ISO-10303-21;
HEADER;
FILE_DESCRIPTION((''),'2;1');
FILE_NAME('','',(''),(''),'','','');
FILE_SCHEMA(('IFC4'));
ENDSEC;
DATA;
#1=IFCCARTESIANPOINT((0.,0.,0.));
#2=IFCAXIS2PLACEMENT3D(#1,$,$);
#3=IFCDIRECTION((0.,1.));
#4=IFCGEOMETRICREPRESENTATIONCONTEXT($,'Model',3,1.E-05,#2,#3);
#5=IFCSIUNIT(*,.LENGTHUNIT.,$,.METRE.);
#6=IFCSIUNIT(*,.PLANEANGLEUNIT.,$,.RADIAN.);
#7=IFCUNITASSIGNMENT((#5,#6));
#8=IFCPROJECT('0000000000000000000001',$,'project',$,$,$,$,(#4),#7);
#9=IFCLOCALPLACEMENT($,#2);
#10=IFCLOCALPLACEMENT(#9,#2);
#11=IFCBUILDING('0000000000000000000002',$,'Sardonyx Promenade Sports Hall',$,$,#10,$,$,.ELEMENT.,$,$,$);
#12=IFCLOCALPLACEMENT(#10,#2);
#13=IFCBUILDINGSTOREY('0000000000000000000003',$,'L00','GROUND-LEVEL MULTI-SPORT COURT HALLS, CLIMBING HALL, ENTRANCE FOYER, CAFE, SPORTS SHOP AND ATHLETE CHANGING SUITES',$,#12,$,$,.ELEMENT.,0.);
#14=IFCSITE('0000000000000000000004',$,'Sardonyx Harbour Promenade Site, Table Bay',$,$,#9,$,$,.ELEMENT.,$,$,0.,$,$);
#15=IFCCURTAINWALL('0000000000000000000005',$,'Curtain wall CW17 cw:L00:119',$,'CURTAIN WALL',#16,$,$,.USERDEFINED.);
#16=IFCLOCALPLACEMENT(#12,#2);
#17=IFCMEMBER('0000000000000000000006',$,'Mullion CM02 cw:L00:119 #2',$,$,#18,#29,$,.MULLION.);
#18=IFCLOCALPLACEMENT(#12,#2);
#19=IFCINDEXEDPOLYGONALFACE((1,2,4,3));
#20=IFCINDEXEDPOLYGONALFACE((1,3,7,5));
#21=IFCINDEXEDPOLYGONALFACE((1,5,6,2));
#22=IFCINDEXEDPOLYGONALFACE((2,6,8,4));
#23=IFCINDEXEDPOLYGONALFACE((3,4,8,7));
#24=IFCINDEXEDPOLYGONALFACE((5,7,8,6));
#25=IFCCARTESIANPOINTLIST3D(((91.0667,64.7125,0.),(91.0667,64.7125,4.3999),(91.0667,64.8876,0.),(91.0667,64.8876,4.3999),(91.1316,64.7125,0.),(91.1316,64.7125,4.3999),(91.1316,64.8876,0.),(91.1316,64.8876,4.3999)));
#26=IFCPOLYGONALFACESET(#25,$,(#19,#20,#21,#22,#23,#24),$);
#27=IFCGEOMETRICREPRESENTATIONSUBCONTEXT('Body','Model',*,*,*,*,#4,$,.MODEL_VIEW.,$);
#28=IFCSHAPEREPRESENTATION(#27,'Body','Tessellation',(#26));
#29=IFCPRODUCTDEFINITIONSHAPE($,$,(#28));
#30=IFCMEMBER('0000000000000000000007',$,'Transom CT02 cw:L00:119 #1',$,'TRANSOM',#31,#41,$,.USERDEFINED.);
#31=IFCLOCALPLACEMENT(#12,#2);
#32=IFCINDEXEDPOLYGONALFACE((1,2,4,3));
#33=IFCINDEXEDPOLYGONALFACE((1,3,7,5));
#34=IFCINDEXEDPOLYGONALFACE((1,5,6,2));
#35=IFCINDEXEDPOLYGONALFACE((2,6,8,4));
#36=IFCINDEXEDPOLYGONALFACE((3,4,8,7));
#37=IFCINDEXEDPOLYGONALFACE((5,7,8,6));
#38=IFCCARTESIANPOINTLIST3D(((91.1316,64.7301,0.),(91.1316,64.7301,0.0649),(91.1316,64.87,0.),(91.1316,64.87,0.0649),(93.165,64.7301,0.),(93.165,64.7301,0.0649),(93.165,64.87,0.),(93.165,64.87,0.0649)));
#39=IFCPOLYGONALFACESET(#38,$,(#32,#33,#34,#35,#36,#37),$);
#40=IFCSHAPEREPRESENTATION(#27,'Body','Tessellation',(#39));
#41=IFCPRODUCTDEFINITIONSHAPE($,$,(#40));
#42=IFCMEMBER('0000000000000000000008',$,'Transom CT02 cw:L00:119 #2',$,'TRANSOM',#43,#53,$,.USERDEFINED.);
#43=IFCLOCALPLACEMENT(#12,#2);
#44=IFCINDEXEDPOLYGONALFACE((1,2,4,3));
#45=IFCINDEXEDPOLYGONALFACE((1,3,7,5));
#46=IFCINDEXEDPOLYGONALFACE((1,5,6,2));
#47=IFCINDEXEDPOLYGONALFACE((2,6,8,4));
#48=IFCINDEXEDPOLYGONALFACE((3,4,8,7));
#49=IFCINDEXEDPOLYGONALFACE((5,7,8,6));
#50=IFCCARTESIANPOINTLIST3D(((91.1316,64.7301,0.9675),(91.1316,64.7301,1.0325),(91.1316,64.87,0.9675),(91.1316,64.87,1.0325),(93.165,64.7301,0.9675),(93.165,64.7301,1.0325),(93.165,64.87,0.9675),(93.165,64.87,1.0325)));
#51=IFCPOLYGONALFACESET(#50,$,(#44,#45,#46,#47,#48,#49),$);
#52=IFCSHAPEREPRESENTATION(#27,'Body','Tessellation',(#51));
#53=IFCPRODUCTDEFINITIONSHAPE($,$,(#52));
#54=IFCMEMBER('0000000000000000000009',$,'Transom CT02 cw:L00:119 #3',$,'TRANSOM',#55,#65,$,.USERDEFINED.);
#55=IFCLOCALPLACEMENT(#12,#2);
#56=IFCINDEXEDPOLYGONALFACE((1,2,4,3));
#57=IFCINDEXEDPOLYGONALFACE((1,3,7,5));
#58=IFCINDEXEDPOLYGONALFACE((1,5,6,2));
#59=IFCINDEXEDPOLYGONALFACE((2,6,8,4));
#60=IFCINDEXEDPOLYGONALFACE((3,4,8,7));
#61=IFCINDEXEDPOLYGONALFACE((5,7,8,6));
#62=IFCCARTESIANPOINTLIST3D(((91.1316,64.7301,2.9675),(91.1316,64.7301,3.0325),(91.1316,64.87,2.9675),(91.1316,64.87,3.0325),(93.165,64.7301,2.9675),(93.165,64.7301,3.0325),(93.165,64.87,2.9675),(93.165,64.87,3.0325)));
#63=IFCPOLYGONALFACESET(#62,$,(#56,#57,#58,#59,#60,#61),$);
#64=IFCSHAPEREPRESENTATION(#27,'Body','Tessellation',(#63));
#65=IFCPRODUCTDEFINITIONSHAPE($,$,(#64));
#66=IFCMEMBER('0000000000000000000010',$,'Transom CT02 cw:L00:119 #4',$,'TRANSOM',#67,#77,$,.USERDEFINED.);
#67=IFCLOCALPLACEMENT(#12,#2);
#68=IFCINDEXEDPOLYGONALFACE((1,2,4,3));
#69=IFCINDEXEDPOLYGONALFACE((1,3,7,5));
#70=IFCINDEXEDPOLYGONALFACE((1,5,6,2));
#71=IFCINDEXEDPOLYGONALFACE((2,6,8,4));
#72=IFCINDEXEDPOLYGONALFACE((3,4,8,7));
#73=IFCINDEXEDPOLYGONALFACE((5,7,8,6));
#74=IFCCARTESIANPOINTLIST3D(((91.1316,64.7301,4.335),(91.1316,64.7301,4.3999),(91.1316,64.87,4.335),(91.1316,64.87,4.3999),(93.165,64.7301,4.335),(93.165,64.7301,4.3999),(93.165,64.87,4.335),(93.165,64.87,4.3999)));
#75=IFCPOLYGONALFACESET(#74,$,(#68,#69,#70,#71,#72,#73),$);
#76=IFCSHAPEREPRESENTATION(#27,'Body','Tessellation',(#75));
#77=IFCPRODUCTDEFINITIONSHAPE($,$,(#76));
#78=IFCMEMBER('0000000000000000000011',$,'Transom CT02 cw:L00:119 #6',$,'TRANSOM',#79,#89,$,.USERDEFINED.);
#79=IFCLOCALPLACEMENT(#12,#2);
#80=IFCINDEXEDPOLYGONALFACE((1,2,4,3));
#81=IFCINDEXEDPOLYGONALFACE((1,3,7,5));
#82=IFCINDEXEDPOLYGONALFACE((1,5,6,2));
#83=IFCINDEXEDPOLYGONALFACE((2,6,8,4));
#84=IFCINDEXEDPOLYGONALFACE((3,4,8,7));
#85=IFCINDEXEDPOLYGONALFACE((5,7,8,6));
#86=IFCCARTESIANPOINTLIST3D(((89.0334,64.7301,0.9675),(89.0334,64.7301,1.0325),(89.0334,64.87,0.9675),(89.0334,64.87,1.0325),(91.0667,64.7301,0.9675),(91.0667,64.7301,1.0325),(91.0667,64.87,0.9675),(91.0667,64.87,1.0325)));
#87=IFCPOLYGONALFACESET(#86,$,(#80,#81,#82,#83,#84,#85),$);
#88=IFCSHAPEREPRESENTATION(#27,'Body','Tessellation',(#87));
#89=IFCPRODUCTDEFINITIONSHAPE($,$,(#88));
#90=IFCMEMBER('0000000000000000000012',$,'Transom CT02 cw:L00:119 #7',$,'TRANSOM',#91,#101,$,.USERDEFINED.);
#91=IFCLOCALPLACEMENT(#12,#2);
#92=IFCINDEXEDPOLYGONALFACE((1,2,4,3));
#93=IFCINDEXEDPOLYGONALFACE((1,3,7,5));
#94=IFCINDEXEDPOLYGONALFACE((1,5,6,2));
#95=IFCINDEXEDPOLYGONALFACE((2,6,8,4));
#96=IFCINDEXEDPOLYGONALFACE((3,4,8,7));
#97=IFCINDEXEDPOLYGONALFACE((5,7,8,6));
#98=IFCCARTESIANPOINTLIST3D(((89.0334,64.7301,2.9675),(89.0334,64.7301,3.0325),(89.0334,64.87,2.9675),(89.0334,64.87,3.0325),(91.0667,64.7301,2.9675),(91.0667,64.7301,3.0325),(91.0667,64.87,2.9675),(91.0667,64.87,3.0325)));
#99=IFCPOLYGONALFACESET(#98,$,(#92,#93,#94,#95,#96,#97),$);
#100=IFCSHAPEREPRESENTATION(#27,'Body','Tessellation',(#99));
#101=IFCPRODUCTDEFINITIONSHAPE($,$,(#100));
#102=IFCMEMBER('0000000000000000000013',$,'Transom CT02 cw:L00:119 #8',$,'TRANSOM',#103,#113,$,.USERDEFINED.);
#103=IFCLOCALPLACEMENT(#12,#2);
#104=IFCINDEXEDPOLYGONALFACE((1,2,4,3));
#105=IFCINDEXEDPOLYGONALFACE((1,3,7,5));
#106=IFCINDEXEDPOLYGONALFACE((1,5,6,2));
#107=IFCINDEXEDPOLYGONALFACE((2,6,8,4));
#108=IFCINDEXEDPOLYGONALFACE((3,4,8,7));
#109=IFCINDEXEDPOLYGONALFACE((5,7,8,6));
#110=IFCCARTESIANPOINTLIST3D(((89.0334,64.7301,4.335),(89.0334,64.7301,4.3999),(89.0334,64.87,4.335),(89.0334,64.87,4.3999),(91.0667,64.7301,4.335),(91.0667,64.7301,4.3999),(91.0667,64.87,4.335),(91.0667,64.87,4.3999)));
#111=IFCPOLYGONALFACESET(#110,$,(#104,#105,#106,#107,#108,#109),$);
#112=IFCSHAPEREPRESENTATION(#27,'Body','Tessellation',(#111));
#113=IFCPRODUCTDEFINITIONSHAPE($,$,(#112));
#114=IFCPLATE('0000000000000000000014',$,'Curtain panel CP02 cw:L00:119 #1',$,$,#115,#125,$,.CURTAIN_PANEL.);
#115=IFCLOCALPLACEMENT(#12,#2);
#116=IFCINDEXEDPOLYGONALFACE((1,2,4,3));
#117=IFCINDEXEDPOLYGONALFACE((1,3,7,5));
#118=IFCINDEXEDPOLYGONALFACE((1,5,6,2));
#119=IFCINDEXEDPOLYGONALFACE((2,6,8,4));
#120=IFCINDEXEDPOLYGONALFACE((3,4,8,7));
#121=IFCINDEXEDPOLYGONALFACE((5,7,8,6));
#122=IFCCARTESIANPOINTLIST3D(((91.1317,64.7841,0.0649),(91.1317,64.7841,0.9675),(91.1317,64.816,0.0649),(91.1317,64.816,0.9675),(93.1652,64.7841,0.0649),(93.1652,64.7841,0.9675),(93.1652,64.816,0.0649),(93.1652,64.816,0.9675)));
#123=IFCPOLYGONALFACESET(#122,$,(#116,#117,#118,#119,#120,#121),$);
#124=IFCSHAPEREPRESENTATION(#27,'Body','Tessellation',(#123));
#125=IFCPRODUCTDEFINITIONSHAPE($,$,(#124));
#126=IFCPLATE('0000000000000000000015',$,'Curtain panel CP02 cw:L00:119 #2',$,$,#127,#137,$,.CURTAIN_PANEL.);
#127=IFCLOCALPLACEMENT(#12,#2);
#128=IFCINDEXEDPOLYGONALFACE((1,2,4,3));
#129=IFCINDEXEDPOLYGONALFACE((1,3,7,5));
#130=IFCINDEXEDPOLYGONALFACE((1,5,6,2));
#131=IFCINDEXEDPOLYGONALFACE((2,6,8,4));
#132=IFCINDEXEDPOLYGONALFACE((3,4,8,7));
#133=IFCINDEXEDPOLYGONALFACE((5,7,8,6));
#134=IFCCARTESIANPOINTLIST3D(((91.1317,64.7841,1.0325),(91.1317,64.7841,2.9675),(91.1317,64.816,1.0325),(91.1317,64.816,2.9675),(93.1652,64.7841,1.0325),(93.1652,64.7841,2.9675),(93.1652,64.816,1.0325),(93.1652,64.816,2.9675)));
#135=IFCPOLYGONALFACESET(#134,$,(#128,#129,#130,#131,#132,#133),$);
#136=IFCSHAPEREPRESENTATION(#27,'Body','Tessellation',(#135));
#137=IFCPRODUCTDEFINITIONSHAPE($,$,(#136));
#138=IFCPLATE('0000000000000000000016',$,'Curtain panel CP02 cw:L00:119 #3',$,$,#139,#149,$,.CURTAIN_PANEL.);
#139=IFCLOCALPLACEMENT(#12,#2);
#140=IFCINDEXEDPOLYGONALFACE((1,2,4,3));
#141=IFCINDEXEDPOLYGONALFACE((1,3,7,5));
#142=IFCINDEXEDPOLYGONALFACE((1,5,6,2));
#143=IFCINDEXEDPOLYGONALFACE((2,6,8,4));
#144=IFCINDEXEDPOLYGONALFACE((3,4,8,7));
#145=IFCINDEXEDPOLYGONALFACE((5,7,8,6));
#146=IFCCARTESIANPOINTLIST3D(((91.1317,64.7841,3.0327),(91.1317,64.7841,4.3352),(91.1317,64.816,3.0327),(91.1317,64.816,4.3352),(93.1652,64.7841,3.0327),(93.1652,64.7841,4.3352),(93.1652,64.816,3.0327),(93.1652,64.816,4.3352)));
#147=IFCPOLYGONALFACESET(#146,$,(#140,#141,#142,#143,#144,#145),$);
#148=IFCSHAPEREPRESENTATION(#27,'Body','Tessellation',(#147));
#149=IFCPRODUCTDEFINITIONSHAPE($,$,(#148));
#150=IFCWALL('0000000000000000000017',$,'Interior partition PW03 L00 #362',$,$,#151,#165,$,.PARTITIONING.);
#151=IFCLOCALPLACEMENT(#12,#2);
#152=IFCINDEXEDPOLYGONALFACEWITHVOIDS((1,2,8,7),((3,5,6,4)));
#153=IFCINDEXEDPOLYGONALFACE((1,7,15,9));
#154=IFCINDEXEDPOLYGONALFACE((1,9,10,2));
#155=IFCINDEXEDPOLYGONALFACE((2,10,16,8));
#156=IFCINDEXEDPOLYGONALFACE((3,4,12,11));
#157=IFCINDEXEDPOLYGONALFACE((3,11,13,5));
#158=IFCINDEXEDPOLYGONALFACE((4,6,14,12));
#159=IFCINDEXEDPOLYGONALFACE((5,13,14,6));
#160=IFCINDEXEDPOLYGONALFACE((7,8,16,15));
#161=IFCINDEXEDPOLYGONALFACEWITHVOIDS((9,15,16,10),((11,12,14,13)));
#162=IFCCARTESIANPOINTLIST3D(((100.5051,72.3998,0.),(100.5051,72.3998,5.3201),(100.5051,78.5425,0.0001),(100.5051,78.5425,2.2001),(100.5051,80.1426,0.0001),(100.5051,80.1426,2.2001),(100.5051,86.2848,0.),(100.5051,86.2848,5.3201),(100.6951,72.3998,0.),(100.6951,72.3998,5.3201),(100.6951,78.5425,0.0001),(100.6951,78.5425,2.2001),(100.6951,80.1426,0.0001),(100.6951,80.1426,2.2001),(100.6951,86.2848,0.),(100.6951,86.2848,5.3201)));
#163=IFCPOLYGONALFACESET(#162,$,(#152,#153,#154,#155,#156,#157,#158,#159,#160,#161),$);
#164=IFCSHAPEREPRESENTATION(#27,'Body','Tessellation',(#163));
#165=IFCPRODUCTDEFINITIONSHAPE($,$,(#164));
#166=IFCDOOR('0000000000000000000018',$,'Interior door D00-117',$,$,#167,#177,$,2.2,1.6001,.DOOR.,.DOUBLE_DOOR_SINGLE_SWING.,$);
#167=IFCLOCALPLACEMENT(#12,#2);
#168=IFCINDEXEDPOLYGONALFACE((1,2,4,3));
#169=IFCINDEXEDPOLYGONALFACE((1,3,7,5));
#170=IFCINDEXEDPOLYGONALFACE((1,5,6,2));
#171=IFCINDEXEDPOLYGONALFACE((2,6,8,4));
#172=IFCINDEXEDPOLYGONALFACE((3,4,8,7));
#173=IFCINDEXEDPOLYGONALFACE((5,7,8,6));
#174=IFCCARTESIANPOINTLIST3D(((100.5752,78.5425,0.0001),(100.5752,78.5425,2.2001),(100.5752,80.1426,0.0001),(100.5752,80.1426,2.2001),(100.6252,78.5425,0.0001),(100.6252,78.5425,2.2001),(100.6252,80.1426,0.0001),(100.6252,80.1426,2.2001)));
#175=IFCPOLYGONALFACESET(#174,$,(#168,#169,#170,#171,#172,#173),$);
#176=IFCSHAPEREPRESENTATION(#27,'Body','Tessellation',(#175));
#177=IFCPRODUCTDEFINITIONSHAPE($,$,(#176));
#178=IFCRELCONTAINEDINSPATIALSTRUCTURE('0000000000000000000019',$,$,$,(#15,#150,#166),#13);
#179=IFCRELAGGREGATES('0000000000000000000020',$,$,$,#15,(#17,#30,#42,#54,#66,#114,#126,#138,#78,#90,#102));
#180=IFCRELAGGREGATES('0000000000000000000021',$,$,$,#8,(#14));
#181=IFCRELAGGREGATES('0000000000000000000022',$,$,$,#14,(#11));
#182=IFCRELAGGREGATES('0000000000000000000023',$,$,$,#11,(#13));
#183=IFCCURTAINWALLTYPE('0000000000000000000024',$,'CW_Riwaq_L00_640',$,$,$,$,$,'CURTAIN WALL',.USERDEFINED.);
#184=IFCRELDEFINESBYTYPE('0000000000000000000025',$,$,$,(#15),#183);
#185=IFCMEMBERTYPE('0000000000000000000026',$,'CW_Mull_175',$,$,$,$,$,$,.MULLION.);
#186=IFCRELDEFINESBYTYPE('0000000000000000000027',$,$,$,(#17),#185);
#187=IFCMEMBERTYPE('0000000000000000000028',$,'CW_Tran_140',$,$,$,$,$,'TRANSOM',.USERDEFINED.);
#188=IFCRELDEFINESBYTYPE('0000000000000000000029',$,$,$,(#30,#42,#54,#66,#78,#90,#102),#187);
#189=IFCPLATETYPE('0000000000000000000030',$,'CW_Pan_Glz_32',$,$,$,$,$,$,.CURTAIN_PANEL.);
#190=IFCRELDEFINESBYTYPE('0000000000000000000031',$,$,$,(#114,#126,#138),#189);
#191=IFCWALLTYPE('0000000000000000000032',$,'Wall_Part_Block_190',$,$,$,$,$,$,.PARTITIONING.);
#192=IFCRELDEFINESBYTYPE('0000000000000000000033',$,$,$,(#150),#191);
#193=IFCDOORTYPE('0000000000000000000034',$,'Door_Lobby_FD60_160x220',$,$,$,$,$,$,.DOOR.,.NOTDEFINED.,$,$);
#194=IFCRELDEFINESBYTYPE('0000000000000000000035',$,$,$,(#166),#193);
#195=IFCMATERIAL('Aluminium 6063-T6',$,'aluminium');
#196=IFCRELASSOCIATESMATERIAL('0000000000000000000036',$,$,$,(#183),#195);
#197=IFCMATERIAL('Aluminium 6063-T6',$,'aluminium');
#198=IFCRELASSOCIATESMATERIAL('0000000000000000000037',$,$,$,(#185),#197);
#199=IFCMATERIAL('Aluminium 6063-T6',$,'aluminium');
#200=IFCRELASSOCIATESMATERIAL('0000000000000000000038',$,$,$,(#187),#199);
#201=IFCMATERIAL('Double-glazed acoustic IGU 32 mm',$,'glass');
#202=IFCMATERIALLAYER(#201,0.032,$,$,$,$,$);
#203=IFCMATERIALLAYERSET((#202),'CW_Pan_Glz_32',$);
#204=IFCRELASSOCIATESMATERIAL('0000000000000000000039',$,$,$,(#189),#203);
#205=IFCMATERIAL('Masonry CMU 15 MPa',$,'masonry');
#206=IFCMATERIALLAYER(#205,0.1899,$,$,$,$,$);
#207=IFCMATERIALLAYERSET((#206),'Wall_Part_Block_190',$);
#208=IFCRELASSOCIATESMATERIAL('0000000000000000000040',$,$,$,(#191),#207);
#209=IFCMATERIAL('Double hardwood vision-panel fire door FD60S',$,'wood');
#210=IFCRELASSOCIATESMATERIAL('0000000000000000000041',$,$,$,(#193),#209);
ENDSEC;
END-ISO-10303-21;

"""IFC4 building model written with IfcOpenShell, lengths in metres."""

from ifc_helpers import new_model, si_unit, direction, frame, frame_2d, origin, origin_2d, place, context, subcontext, project, spatial, rectangle, extrude, material, layer, layer_set, material_profile, profile_set, type_object, element, fill, aggregate, save


model = new_model("IFC4")

# Units and contexts
model_context = context("Model", 3, precision=1e-05, world=origin(), true_north=direction((0.0, 1.0)))
body_context = subcontext(model_context, "Body", "Model", "MODEL_VIEW")
ifc_project = project(units=[si_unit("LENGTHUNIT", "METRE"), si_unit("PLANEANGLEUNIT", "RADIAN")], contexts=[model_context])

# Site, building, storey
site_placement = place(None, origin())
site = spatial("IfcSite", under=ifc_project, at=site_placement, Name="Sardonyx Harbour Promenade Site, Table Bay", CompositionType="ELEMENT", RefElevation=0.0)
building_placement = place(site_placement, origin())
building = spatial("IfcBuilding", under=site, at=building_placement, Name="Sardonyx Promenade Sports Hall", CompositionType="ELEMENT")
storey_placement = place(building_placement, origin())
storey = spatial("IfcBuildingStorey", under=building, at=storey_placement, Name="L00", Description="GROUND-LEVEL MULTI-SPORT COURT HALLS, CLIMBING HALL, ENTRANCE FOYER, CAFE, SPORTS SHOP AND ATHLETE CHANGING SUITES", CompositionType="ELEMENT", Elevation=0.0)

# Curtain wall, members, plates
ifc_material_1 = material(Name="Aluminium 6063-T6", Category="aluminium")
curtain_wall_type = type_object("IfcCurtainWallType", Name="CW_Riwaq_L00_640", ElementType="CURTAIN WALL", PredefinedType="USERDEFINED", material=ifc_material_1)
curtain_wall_placement = place(storey_placement, origin())
curtain_wall = element("IfcCurtainWall", 1, at=curtain_wall_placement, inside=storey, type_object=curtain_wall_type, Name="Curtain wall CW17 cw:L00:119", ObjectType="CURTAIN WALL", PredefinedType="USERDEFINED")
ifc_material_2 = material(Name="Aluminium 6063-T6", Category="aluminium")
ifc_material_profile_1 = material_profile(ifc_material_2, rectangle(XDim=0.0649, YDim=0.175, at=origin_2d()))
ifc_profile_set_1 = profile_set([ifc_material_profile_1], Name="Aluminium 6063-T6")
member_type_1 = type_object("IfcMemberType", Name="CW_Mull_175", PredefinedType="MULLION", material=ifc_profile_set_1)
member_1_placement = place(storey_placement, frame((91.0991, 64.8, 0.0), z_axis=(0.0, 0.0, 1.0), x_axis=(-1.0, 0.0, 0.0)))
member_1 = element("IfcMember", 2, at=member_1_placement, type_object=member_type_1, Name="Mullion CM02 cw:L00:119 #2", PredefinedType="MULLION", context=body_context, shape_type="SweptSolid", body=[
    extrude(rectangle(XDim=0.0649, YDim=0.175, at=origin_2d()), origin(), (0.0, 0.0, 1.0), 4.3999),
])
ifc_material_3 = material(Name="Aluminium 6063-T6", Category="aluminium")
ifc_material_profile_2 = material_profile(ifc_material_3, rectangle(XDim=0.0649, YDim=0.1399, at=origin_2d()))
ifc_profile_set_2 = profile_set([ifc_material_profile_2], Name="Aluminium 6063-T6")
member_type_2 = type_object("IfcMemberType", Name="CW_Tran_140", ElementType="TRANSOM", PredefinedType="USERDEFINED", material=ifc_profile_set_2)
member_2_placement = place(storey_placement, frame((93.165, 64.8, 0.0325), z_axis=(-1.0, 0.0, 0.0), x_axis=(0.0, 0.0, 1.0)))
member_2 = element("IfcMember", 3, at=member_2_placement, type_object=member_type_2, Name="Transom CT02 cw:L00:119 #1", ObjectType="TRANSOM", PredefinedType="USERDEFINED", context=body_context, shape_type="SweptSolid", body=[
    extrude(rectangle(XDim=0.0649, YDim=0.1399, at=origin_2d()), origin(), (0.0, 0.0, 1.0), 2.0334),
])
member_3_placement = place(storey_placement, frame((93.165, 64.8, 1.0), z_axis=(-1.0, 0.0, 0.0), x_axis=(0.0, 0.0, 1.0)))
member_3 = element("IfcMember", 4, at=member_3_placement, type_object=member_type_2, Name="Transom CT02 cw:L00:119 #2", ObjectType="TRANSOM", PredefinedType="USERDEFINED", context=body_context, shape_type="SweptSolid", body=[
    extrude(rectangle(XDim=0.0649, YDim=0.1399, at=origin_2d()), origin(), (0.0, 0.0, 1.0), 2.0334),
])
member_4_placement = place(storey_placement, frame((93.165, 64.8, 3.0), z_axis=(-1.0, 0.0, 0.0), x_axis=(0.0, 0.0, 1.0)))
member_4 = element("IfcMember", 5, at=member_4_placement, type_object=member_type_2, Name="Transom CT02 cw:L00:119 #3", ObjectType="TRANSOM", PredefinedType="USERDEFINED", context=body_context, shape_type="SweptSolid", body=[
    extrude(rectangle(XDim=0.0649, YDim=0.1399, at=origin_2d()), origin(), (0.0, 0.0, 1.0), 2.0334),
])
member_5_placement = place(storey_placement, frame((93.165, 64.8, 4.3674), z_axis=(-1.0, 0.0, 0.0), x_axis=(0.0, 0.0, 1.0)))
member_5 = element("IfcMember", 6, at=member_5_placement, type_object=member_type_2, Name="Transom CT02 cw:L00:119 #4", ObjectType="TRANSOM", PredefinedType="USERDEFINED", context=body_context, shape_type="SweptSolid", body=[
    extrude(rectangle(XDim=0.0649, YDim=0.1399, at=origin_2d()), origin(), (0.0, 0.0, 1.0), 2.0334),
])
member_6_placement = place(storey_placement, frame((91.0667, 64.8, 1.0), z_axis=(-1.0, 0.0, 0.0), x_axis=(0.0, 0.0, 1.0)))
member_6 = element("IfcMember", 7, at=member_6_placement, type_object=member_type_2, Name="Transom CT02 cw:L00:119 #6", ObjectType="TRANSOM", PredefinedType="USERDEFINED", context=body_context, shape_type="SweptSolid", body=[
    extrude(rectangle(XDim=0.0649, YDim=0.1399, at=origin_2d()), origin(), (0.0, 0.0, 1.0), 2.0332),
])
member_7_placement = place(storey_placement, frame((91.0667, 64.8, 3.0), z_axis=(-1.0, 0.0, 0.0), x_axis=(0.0, 0.0, 1.0)))
member_7 = element("IfcMember", 8, at=member_7_placement, type_object=member_type_2, Name="Transom CT02 cw:L00:119 #7", ObjectType="TRANSOM", PredefinedType="USERDEFINED", context=body_context, shape_type="SweptSolid", body=[
    extrude(rectangle(XDim=0.0649, YDim=0.1399, at=origin_2d()), origin(), (0.0, 0.0, 1.0), 2.0332),
])
member_8_placement = place(storey_placement, frame((91.0667, 64.8, 4.3674), z_axis=(-1.0, 0.0, 0.0), x_axis=(0.0, 0.0, 1.0)))
member_8 = element("IfcMember", 9, at=member_8_placement, type_object=member_type_2, Name="Transom CT02 cw:L00:119 #8", ObjectType="TRANSOM", PredefinedType="USERDEFINED", context=body_context, shape_type="SweptSolid", body=[
    extrude(rectangle(XDim=0.0649, YDim=0.1399, at=origin_2d()), origin(), (0.0, 0.0, 1.0), 2.0332),
])
ifc_material_4 = material(Name="Double-glazed acoustic IGU 32 mm", Category="glass")
ifc_layer_1 = layer(ifc_material_4, 0.032)
ifc_layer_set_1 = layer_set([ifc_layer_1], Name="CW_Pan_Glz_32")
plate_type = type_object("IfcPlateType", Name="CW_Pan_Glz_32", PredefinedType="CURTAIN_PANEL", material=ifc_layer_set_1)
plate_1_placement = place(storey_placement, frame((92.1484, 64.8, 0.0649), z_axis=(0.0, 0.0, 1.0), x_axis=(-1.0, 0.0, 0.0)))
plate_1 = element("IfcPlate", 10, at=plate_1_placement, type_object=plate_type, Name="Curtain panel CP02 cw:L00:119 #1", PredefinedType="CURTAIN_PANEL", context=body_context, shape_type="SweptSolid", body=[
    extrude(rectangle(XDim=2.0334, YDim=0.032, at=origin_2d()), origin(), (0.0, 0.0, 1.0), 0.9026),
])
plate_2_placement = place(storey_placement, frame((92.1484, 64.8, 1.0325), z_axis=(0.0, 0.0, 1.0), x_axis=(-1.0, 0.0, 0.0)))
plate_2 = element("IfcPlate", 11, at=plate_2_placement, type_object=plate_type, Name="Curtain panel CP02 cw:L00:119 #2", PredefinedType="CURTAIN_PANEL", context=body_context, shape_type="SweptSolid", body=[
    extrude(rectangle(XDim=2.0334, YDim=0.032, at=origin_2d()), origin(), (0.0, 0.0, 1.0), 1.9351),
])
plate_3_placement = place(storey_placement, frame((92.1484, 64.8, 3.0327), z_axis=(0.0, 0.0, 1.0), x_axis=(-1.0, 0.0, 0.0)))
plate_3 = element("IfcPlate", 12, at=plate_3_placement, type_object=plate_type, Name="Curtain panel CP02 cw:L00:119 #3", PredefinedType="CURTAIN_PANEL", context=body_context, shape_type="SweptSolid", body=[
    extrude(rectangle(XDim=2.0334, YDim=0.032, at=origin_2d()), origin(), (0.0, 0.0, 1.0), 1.3025),
])
aggregate(curtain_wall, [member_1, member_2, member_3, member_4, member_5, plate_1, plate_2, plate_3, member_6, member_7, member_8])

# Wall, opening, door
ifc_material_5 = material(Name="Masonry CMU 15 MPa", Category="masonry")
ifc_layer_2 = layer(ifc_material_5, 0.1899)
ifc_layer_set_2 = layer_set([ifc_layer_2], Name="Wall_Part_Block_190")
wall_type_1 = type_object("IfcWallType", Name="Wall_Part_Block_190", PredefinedType="PARTITIONING", material=ifc_layer_set_2)
wall_1_placement = place(storey_placement, frame((100.6001, 72.3999, 0.0), z_axis=(0.0, 0.0, 1.0), x_axis=(0.0, 1.0, 0.0)))
wall_1 = element("IfcWall", 13, at=wall_1_placement, inside=storey, type_object=wall_type_1, Name="Interior partition PW03 L00 #362", PredefinedType="PARTITIONING", context=body_context, shape_type="SweptSolid", body=[
    extrude(rectangle(XDim=13.885, YDim=0.1899, at=frame_2d((6.9424, 0.0))), origin(), (0.0, 0.0, 1.0), 5.3201),
])
opening_1_placement = place(wall_1_placement, frame((6.1426, 0.0, 0.0)))
opening_1 = element("IfcOpeningElement", 14, at=opening_1_placement, cuts=wall_1, PredefinedType="OPENING", context=body_context, shape_type="SweptSolid", body=[
    extrude(rectangle(XDim=1.6001, YDim=2.2, at=frame_2d((0.8, 1.1001))), frame((0.0, 0.105, 0.0), z_axis=(0.0, -1.0, 0.0), x_axis=(1.0, 0.0, 0.0)), (0.0, 0.0, 1.0), 0.21),
])
ifc_material_6 = material(Name="Double hardwood vision-panel fire door FD60S", Category="wood")
door_type_1 = type_object("IfcDoorType", Name="Door_Lobby_FD60_160x220", OperationType="NOTDEFINED", PredefinedType="DOOR", material=ifc_material_6)
door_1_placement = place(opening_1_placement, origin())
door_1 = element("IfcDoor", 15, at=door_1_placement, inside=storey, type_object=door_type_1, Name="Interior door D00-117", OperationType="DOUBLE_DOOR_SINGLE_SWING", OverallHeight=2.2, OverallWidth=1.6001, PredefinedType="DOOR", context=body_context, shape_type="SweptSolid", body=[
    extrude(rectangle(XDim=1.6001, YDim=2.2, at=frame_2d((0.8, 1.1001))), frame((0.0, 0.0249, 0.0), z_axis=(0.0, -1.0, 0.0), x_axis=(1.0, 0.0, 0.0)), (0.0, 0.0, 1.0), 0.05),
])
fill(opening_1, door_1)

save(model, "model.ifc")
